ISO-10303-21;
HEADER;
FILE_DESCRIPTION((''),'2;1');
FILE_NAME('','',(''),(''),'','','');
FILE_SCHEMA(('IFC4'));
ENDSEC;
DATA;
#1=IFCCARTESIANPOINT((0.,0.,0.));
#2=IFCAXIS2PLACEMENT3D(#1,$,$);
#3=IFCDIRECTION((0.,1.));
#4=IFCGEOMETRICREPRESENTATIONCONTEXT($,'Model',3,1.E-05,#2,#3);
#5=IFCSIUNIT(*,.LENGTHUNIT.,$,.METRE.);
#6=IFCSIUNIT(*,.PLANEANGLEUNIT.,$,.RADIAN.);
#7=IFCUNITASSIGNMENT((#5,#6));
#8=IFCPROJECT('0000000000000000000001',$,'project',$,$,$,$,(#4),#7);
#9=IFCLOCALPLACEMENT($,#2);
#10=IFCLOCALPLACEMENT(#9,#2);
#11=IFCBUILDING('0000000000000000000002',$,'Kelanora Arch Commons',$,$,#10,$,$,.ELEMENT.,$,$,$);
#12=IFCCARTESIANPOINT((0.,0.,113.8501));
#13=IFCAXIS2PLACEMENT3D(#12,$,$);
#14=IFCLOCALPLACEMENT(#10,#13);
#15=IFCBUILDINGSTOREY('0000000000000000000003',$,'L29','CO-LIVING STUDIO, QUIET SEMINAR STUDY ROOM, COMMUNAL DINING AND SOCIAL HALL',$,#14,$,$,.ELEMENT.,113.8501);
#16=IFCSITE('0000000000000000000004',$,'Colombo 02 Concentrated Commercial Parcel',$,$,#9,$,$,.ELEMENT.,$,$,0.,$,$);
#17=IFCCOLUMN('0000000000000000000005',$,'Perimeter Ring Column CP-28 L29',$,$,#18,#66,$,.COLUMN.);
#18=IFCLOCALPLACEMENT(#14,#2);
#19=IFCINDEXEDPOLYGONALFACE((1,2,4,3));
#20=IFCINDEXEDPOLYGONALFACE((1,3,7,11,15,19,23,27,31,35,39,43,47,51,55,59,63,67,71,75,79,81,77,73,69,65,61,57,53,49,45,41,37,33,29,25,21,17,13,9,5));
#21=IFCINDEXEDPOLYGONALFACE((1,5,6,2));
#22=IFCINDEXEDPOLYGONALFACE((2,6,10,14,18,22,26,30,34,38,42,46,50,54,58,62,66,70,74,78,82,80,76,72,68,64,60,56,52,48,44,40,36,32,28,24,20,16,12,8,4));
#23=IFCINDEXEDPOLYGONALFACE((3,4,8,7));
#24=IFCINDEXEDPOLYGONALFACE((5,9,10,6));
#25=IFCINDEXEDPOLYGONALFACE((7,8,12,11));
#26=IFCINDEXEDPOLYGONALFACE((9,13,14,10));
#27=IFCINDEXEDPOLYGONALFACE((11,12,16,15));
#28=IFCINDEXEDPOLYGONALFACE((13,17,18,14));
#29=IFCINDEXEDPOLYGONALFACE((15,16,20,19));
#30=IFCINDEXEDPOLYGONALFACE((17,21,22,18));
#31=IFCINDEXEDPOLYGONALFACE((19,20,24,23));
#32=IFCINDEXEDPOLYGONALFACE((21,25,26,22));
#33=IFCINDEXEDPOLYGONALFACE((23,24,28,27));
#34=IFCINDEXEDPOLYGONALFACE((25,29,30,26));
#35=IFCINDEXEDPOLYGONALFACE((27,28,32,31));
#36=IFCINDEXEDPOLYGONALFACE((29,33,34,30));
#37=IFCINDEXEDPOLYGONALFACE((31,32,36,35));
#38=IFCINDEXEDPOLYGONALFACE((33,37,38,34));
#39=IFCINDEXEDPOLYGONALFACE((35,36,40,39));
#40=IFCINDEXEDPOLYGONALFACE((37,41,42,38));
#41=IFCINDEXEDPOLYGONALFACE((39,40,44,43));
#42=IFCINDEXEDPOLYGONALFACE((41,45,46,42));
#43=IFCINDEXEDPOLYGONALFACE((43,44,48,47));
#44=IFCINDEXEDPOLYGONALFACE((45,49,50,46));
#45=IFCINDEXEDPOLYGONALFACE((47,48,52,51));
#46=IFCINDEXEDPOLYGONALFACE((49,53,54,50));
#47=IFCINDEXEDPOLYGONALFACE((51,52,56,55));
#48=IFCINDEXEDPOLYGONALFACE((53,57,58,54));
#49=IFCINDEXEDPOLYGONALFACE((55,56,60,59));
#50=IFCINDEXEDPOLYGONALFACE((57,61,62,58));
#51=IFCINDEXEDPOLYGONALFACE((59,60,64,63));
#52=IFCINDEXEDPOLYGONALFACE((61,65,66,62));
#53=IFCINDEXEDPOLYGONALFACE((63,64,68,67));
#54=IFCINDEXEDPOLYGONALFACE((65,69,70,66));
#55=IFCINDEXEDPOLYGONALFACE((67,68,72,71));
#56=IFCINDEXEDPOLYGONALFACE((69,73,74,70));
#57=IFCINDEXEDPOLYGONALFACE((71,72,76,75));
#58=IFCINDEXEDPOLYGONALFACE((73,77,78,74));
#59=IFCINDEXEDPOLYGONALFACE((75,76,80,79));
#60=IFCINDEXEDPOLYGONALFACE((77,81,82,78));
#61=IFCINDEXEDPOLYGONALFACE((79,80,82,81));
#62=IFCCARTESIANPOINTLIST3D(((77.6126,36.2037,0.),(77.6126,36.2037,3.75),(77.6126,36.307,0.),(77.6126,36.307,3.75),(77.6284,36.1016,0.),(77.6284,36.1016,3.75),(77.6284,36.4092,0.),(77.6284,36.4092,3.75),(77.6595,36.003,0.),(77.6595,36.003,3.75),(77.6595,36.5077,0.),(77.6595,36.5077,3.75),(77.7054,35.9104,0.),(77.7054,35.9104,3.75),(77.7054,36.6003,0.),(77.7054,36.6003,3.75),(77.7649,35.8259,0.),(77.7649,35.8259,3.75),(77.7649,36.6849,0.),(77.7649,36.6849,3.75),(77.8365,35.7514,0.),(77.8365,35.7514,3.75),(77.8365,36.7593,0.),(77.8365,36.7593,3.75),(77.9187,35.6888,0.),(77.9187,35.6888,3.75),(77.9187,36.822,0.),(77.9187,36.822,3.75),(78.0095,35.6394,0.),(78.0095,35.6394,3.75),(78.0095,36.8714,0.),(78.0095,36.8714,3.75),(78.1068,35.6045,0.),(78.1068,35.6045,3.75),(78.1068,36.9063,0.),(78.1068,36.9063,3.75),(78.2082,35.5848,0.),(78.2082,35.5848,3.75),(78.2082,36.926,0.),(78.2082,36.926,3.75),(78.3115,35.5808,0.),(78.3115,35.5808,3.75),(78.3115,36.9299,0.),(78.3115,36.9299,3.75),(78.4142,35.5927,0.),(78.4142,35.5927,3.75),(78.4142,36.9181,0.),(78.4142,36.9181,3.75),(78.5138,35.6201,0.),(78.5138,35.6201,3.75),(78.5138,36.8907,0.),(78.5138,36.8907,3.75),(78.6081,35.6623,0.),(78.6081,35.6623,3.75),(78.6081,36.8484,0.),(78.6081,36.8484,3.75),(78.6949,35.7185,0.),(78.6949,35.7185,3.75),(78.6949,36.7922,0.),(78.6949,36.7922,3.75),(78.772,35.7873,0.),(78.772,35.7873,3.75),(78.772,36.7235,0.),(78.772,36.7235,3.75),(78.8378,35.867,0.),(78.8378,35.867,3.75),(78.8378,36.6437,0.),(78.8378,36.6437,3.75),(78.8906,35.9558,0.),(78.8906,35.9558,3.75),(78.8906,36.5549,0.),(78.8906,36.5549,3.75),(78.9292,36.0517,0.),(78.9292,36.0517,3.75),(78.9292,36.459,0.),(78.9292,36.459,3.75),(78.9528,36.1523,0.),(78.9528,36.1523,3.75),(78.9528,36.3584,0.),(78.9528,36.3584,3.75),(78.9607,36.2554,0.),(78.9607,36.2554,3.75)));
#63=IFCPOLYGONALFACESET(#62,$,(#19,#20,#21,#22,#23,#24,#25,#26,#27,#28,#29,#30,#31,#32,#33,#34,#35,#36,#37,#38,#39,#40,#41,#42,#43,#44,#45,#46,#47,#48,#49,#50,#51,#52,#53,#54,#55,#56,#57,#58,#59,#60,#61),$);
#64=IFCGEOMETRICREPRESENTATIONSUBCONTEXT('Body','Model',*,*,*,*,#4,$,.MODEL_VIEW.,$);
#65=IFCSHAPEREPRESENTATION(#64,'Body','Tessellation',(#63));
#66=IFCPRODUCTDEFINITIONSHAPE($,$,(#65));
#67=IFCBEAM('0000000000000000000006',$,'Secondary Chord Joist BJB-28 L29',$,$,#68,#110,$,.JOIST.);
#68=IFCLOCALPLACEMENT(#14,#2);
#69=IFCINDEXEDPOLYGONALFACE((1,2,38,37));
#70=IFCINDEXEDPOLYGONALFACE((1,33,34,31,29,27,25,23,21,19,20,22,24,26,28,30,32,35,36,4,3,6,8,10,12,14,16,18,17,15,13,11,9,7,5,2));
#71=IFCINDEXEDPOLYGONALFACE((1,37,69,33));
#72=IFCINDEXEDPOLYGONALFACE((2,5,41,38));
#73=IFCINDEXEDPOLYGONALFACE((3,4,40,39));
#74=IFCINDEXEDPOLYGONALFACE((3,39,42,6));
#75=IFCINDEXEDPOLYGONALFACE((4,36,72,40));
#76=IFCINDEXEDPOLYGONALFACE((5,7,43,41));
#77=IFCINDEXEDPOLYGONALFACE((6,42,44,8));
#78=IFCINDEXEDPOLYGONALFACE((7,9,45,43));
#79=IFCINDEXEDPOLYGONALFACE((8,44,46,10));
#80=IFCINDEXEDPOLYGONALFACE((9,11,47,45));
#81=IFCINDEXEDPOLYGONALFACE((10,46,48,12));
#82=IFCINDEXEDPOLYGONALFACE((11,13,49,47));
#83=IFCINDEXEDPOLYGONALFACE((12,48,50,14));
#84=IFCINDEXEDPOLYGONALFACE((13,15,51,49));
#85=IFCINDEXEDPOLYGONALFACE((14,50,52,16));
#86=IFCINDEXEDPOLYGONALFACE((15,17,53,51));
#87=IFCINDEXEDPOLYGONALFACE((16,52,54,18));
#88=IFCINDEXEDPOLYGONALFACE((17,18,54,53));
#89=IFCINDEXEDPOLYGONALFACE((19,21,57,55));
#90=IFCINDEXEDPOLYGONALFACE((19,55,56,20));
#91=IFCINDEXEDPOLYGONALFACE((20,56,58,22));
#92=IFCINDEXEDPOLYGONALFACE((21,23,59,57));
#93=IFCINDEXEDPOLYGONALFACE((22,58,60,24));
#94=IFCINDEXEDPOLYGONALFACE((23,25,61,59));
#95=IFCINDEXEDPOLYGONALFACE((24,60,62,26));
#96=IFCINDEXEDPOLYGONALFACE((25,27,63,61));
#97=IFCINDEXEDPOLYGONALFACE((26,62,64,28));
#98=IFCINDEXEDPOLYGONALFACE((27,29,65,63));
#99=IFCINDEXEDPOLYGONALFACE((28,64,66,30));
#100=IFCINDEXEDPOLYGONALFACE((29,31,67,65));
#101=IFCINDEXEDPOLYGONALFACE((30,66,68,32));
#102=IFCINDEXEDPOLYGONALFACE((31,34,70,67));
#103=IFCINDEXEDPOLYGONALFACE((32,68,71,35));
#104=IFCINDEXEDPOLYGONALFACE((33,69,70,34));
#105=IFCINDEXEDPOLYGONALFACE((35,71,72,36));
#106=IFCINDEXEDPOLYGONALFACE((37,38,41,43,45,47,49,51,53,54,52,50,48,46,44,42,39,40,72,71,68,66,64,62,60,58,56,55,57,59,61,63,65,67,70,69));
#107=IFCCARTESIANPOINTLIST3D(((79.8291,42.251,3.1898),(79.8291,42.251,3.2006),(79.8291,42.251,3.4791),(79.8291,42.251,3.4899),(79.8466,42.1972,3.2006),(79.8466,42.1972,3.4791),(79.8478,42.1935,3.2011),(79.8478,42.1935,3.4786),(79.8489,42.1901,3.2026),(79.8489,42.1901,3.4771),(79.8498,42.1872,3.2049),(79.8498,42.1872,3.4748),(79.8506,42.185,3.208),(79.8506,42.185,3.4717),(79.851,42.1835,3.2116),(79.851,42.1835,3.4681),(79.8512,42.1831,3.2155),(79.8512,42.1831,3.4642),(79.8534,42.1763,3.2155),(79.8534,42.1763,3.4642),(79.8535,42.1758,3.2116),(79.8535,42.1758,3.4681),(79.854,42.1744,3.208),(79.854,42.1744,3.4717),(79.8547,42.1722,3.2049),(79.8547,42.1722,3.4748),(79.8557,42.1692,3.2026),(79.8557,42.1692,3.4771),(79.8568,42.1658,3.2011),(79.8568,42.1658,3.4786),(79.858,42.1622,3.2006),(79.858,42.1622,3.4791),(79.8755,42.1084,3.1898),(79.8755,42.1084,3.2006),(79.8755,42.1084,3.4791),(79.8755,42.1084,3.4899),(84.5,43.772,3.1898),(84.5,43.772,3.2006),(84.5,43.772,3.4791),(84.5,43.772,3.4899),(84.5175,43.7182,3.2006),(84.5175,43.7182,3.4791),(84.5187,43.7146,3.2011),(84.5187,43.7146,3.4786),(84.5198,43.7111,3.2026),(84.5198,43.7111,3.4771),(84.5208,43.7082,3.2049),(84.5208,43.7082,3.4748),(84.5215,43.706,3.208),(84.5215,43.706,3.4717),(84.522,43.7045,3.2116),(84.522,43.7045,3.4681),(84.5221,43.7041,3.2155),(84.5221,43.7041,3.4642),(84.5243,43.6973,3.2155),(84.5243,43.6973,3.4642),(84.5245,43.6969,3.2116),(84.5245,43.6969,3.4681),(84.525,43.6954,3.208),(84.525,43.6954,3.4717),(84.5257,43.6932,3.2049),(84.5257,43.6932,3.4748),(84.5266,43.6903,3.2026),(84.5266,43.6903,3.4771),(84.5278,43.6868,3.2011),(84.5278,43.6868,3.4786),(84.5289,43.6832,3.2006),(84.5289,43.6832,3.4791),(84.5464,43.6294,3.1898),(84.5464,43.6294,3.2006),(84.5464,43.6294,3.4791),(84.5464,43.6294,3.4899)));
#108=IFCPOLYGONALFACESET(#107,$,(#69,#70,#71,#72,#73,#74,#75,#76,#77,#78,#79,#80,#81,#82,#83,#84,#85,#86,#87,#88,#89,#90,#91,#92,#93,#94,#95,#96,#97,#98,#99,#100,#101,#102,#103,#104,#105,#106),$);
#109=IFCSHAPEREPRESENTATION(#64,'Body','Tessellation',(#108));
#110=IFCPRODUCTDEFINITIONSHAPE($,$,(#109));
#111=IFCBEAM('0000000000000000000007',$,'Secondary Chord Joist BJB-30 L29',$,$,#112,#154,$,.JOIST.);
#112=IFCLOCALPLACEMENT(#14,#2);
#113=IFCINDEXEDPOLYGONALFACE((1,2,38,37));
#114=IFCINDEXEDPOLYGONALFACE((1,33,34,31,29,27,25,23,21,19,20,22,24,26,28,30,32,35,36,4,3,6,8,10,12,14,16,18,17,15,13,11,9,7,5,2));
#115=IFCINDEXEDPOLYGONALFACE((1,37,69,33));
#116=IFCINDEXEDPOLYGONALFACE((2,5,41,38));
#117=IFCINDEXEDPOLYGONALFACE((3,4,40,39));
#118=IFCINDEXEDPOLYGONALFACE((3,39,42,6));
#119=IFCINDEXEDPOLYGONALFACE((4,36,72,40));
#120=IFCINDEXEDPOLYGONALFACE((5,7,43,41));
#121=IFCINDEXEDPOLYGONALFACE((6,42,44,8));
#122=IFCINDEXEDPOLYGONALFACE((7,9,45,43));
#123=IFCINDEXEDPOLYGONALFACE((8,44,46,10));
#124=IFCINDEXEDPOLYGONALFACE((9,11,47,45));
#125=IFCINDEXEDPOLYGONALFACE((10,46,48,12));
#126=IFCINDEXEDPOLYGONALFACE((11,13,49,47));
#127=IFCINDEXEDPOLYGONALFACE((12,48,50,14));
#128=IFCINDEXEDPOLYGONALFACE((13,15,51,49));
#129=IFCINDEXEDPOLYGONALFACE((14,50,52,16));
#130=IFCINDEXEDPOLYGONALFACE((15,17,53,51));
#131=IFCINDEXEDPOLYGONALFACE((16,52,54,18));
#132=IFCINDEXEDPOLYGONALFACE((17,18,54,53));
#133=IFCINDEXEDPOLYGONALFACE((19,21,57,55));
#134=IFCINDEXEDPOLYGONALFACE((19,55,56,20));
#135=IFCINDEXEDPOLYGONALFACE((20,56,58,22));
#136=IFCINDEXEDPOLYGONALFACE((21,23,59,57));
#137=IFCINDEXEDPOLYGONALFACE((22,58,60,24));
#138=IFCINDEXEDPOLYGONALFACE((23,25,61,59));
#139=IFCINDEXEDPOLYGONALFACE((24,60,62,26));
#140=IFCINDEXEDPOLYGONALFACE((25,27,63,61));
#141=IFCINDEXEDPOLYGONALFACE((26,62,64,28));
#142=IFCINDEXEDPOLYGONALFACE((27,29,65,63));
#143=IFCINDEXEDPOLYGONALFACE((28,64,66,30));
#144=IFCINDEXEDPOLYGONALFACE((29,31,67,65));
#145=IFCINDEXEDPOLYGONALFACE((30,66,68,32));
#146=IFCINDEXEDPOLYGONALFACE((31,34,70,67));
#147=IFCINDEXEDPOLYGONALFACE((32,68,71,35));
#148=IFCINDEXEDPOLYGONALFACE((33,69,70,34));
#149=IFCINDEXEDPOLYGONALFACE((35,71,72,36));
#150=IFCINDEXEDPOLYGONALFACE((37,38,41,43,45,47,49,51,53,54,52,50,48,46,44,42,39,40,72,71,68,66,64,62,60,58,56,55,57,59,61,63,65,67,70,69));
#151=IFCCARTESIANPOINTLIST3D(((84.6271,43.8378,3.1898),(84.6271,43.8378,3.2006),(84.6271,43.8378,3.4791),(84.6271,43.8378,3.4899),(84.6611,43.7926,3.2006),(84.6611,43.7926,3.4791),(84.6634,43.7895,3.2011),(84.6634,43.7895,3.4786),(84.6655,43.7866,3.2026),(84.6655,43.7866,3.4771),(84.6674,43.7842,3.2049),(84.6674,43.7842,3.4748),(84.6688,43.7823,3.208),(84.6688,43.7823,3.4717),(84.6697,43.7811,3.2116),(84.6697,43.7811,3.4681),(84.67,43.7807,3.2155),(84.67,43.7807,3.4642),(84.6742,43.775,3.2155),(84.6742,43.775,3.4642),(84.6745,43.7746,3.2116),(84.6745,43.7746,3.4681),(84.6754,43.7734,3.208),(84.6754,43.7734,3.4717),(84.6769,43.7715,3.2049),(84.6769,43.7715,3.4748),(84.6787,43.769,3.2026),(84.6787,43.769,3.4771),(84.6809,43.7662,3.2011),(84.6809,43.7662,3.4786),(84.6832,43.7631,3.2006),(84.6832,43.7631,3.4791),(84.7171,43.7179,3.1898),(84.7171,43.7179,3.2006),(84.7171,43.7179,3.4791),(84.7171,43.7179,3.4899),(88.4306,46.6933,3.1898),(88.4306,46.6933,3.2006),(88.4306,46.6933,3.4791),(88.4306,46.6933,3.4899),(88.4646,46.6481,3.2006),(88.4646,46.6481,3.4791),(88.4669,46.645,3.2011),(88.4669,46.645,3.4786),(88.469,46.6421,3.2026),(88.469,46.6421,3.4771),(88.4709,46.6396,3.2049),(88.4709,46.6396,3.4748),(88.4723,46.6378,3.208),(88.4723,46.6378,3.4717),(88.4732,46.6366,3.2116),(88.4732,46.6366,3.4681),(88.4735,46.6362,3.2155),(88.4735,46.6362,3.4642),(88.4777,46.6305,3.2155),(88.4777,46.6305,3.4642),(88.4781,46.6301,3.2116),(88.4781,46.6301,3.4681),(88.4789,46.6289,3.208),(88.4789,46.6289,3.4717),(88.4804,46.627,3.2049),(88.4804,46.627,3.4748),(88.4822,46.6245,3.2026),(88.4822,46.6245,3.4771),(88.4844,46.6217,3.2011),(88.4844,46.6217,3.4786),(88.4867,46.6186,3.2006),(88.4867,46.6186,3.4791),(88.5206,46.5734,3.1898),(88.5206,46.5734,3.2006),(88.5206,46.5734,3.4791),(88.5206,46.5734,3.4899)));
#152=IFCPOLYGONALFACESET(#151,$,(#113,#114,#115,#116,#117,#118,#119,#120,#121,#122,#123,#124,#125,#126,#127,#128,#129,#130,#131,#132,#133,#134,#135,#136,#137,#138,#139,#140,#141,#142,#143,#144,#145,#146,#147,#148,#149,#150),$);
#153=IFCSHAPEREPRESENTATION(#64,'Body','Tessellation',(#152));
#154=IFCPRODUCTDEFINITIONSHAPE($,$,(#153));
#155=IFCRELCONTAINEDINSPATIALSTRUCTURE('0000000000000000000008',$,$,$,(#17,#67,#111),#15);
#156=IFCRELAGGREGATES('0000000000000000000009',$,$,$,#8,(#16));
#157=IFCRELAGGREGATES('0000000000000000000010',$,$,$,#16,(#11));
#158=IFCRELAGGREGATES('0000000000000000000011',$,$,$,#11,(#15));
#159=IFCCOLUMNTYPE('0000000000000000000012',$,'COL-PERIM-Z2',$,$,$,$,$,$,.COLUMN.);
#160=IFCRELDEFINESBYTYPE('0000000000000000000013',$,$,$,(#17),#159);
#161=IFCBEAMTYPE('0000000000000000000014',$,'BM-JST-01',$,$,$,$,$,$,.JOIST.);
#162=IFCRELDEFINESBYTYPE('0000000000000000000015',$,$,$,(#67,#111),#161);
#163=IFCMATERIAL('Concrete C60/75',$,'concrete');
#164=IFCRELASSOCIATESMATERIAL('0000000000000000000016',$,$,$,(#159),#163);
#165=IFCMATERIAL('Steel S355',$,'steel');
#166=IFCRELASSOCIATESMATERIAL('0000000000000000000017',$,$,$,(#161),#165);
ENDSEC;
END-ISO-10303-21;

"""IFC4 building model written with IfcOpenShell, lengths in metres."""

from ifc_helpers import new_model, si_unit, direction, frame, origin, origin_2d, place, context, subcontext, project, spatial, circle, i_section, extrude, material, material_profile, profile_set, type_object, element, save


model = new_model("IFC4")

# Units and contexts
model_context = context("Model", 3, precision=1e-05, world=origin(), true_north=direction((0.0, 1.0)))
body_context = subcontext(model_context, "Body", "Model", "MODEL_VIEW")
ifc_project = project(units=[si_unit("LENGTHUNIT", "METRE"), si_unit("PLANEANGLEUNIT", "RADIAN")], contexts=[model_context])

# Site, building, storey
site_placement = place(None, origin())
site = spatial("IfcSite", under=ifc_project, at=site_placement, Name="Colombo 02 Concentrated Commercial Parcel", CompositionType="ELEMENT", RefElevation=0.0)
building_placement = place(site_placement, origin())
building = spatial("IfcBuilding", under=site, at=building_placement, Name="Kelanora Arch Commons", CompositionType="ELEMENT")
storey_placement = place(building_placement, frame((0.0, 0.0, 113.8501)))
storey = spatial("IfcBuildingStorey", under=building, at=storey_placement, Name="L29", Description="CO-LIVING STUDIO, QUIET SEMINAR STUDY ROOM, COMMUNAL DINING AND SOCIAL HALL", CompositionType="ELEMENT", Elevation=113.8501)

# Column
ifc_material_1 = material(Name="Concrete C60/75", Category="concrete")
ifc_material_profile_1 = material_profile(ifc_material_1, circle(Radius=0.675, at=origin_2d()), Name="RCC1350")
ifc_profile_set_1 = profile_set([ifc_material_profile_1], Name="Concrete C60/75")
column_type = type_object("IfcColumnType", Name="COL-PERIM-Z2", PredefinedType="COLUMN", material=ifc_profile_set_1)
column_placement = place(storey_placement, frame((78.2856, 36.2554, 0.0), z_axis=(0.0, 0.0, 1.0), x_axis=(1.0, 0.0, 0.0)))
element("IfcColumn", 1, at=column_placement, inside=storey, type_object=column_type, Name="Perimeter Ring Column CP-28 L29", PredefinedType="COLUMN", context=body_context, shape_type="SweptSolid", body=[
    extrude(circle(Radius=0.675, at=origin_2d()), origin(), (0.0, 0.0, 1.0), 3.75),
])

# Beams
ifc_material_2 = material(Name="Steel S355", Category="steel")
ifc_material_profile_2 = material_profile(ifc_material_2, i_section(OverallWidth=0.1499, OverallDepth=0.3, WebThickness=0.0071, FlangeThickness=0.0107, FilletRadius=0.0149, at=origin_2d()), Name="IPE300")
ifc_profile_set_2 = profile_set([ifc_material_profile_2], Name="Steel S355")
beam_type_1 = type_object("IfcBeamType", Name="BM-JST-01", PredefinedType="JOIST", material=ifc_profile_set_2)
beam_1_placement = place(storey_placement, frame((79.8523, 42.1797, 3.3398), z_axis=(0.950857, 0.30963, 0.0), x_axis=(-0.30963, 0.950857, 0.0)))
element("IfcBeam", 2, at=beam_1_placement, inside=storey, type_object=beam_type_1, Name="Secondary Chord Joist BJB-28 L29", PredefinedType="JOIST", context=body_context, shape_type="SweptSolid", body=[
    extrude(i_section(OverallWidth=0.1499, OverallDepth=0.3, WebThickness=0.0071, FlangeThickness=0.0107, FilletRadius=0.0149, at=origin_2d()), origin(), (0.0, 0.0, 1.0), 4.9124),
])
beam_2_placement = place(storey_placement, frame((84.6721, 43.7778, 3.3398), z_axis=(0.79971, 0.600386, 0.0), x_axis=(-0.600386, 0.79971, 0.0)))
element("IfcBeam", 3, at=beam_2_placement, inside=storey, type_object=beam_type_1, Name="Secondary Chord Joist BJB-30 L29", PredefinedType="JOIST", context=body_context, shape_type="SweptSolid", body=[
    extrude(i_section(OverallWidth=0.1499, OverallDepth=0.3, WebThickness=0.0071, FlangeThickness=0.0107, FilletRadius=0.0149, at=origin_2d()), origin(), (0.0, 0.0, 1.0), 4.7561),
])

save(model, "model.ifc")
